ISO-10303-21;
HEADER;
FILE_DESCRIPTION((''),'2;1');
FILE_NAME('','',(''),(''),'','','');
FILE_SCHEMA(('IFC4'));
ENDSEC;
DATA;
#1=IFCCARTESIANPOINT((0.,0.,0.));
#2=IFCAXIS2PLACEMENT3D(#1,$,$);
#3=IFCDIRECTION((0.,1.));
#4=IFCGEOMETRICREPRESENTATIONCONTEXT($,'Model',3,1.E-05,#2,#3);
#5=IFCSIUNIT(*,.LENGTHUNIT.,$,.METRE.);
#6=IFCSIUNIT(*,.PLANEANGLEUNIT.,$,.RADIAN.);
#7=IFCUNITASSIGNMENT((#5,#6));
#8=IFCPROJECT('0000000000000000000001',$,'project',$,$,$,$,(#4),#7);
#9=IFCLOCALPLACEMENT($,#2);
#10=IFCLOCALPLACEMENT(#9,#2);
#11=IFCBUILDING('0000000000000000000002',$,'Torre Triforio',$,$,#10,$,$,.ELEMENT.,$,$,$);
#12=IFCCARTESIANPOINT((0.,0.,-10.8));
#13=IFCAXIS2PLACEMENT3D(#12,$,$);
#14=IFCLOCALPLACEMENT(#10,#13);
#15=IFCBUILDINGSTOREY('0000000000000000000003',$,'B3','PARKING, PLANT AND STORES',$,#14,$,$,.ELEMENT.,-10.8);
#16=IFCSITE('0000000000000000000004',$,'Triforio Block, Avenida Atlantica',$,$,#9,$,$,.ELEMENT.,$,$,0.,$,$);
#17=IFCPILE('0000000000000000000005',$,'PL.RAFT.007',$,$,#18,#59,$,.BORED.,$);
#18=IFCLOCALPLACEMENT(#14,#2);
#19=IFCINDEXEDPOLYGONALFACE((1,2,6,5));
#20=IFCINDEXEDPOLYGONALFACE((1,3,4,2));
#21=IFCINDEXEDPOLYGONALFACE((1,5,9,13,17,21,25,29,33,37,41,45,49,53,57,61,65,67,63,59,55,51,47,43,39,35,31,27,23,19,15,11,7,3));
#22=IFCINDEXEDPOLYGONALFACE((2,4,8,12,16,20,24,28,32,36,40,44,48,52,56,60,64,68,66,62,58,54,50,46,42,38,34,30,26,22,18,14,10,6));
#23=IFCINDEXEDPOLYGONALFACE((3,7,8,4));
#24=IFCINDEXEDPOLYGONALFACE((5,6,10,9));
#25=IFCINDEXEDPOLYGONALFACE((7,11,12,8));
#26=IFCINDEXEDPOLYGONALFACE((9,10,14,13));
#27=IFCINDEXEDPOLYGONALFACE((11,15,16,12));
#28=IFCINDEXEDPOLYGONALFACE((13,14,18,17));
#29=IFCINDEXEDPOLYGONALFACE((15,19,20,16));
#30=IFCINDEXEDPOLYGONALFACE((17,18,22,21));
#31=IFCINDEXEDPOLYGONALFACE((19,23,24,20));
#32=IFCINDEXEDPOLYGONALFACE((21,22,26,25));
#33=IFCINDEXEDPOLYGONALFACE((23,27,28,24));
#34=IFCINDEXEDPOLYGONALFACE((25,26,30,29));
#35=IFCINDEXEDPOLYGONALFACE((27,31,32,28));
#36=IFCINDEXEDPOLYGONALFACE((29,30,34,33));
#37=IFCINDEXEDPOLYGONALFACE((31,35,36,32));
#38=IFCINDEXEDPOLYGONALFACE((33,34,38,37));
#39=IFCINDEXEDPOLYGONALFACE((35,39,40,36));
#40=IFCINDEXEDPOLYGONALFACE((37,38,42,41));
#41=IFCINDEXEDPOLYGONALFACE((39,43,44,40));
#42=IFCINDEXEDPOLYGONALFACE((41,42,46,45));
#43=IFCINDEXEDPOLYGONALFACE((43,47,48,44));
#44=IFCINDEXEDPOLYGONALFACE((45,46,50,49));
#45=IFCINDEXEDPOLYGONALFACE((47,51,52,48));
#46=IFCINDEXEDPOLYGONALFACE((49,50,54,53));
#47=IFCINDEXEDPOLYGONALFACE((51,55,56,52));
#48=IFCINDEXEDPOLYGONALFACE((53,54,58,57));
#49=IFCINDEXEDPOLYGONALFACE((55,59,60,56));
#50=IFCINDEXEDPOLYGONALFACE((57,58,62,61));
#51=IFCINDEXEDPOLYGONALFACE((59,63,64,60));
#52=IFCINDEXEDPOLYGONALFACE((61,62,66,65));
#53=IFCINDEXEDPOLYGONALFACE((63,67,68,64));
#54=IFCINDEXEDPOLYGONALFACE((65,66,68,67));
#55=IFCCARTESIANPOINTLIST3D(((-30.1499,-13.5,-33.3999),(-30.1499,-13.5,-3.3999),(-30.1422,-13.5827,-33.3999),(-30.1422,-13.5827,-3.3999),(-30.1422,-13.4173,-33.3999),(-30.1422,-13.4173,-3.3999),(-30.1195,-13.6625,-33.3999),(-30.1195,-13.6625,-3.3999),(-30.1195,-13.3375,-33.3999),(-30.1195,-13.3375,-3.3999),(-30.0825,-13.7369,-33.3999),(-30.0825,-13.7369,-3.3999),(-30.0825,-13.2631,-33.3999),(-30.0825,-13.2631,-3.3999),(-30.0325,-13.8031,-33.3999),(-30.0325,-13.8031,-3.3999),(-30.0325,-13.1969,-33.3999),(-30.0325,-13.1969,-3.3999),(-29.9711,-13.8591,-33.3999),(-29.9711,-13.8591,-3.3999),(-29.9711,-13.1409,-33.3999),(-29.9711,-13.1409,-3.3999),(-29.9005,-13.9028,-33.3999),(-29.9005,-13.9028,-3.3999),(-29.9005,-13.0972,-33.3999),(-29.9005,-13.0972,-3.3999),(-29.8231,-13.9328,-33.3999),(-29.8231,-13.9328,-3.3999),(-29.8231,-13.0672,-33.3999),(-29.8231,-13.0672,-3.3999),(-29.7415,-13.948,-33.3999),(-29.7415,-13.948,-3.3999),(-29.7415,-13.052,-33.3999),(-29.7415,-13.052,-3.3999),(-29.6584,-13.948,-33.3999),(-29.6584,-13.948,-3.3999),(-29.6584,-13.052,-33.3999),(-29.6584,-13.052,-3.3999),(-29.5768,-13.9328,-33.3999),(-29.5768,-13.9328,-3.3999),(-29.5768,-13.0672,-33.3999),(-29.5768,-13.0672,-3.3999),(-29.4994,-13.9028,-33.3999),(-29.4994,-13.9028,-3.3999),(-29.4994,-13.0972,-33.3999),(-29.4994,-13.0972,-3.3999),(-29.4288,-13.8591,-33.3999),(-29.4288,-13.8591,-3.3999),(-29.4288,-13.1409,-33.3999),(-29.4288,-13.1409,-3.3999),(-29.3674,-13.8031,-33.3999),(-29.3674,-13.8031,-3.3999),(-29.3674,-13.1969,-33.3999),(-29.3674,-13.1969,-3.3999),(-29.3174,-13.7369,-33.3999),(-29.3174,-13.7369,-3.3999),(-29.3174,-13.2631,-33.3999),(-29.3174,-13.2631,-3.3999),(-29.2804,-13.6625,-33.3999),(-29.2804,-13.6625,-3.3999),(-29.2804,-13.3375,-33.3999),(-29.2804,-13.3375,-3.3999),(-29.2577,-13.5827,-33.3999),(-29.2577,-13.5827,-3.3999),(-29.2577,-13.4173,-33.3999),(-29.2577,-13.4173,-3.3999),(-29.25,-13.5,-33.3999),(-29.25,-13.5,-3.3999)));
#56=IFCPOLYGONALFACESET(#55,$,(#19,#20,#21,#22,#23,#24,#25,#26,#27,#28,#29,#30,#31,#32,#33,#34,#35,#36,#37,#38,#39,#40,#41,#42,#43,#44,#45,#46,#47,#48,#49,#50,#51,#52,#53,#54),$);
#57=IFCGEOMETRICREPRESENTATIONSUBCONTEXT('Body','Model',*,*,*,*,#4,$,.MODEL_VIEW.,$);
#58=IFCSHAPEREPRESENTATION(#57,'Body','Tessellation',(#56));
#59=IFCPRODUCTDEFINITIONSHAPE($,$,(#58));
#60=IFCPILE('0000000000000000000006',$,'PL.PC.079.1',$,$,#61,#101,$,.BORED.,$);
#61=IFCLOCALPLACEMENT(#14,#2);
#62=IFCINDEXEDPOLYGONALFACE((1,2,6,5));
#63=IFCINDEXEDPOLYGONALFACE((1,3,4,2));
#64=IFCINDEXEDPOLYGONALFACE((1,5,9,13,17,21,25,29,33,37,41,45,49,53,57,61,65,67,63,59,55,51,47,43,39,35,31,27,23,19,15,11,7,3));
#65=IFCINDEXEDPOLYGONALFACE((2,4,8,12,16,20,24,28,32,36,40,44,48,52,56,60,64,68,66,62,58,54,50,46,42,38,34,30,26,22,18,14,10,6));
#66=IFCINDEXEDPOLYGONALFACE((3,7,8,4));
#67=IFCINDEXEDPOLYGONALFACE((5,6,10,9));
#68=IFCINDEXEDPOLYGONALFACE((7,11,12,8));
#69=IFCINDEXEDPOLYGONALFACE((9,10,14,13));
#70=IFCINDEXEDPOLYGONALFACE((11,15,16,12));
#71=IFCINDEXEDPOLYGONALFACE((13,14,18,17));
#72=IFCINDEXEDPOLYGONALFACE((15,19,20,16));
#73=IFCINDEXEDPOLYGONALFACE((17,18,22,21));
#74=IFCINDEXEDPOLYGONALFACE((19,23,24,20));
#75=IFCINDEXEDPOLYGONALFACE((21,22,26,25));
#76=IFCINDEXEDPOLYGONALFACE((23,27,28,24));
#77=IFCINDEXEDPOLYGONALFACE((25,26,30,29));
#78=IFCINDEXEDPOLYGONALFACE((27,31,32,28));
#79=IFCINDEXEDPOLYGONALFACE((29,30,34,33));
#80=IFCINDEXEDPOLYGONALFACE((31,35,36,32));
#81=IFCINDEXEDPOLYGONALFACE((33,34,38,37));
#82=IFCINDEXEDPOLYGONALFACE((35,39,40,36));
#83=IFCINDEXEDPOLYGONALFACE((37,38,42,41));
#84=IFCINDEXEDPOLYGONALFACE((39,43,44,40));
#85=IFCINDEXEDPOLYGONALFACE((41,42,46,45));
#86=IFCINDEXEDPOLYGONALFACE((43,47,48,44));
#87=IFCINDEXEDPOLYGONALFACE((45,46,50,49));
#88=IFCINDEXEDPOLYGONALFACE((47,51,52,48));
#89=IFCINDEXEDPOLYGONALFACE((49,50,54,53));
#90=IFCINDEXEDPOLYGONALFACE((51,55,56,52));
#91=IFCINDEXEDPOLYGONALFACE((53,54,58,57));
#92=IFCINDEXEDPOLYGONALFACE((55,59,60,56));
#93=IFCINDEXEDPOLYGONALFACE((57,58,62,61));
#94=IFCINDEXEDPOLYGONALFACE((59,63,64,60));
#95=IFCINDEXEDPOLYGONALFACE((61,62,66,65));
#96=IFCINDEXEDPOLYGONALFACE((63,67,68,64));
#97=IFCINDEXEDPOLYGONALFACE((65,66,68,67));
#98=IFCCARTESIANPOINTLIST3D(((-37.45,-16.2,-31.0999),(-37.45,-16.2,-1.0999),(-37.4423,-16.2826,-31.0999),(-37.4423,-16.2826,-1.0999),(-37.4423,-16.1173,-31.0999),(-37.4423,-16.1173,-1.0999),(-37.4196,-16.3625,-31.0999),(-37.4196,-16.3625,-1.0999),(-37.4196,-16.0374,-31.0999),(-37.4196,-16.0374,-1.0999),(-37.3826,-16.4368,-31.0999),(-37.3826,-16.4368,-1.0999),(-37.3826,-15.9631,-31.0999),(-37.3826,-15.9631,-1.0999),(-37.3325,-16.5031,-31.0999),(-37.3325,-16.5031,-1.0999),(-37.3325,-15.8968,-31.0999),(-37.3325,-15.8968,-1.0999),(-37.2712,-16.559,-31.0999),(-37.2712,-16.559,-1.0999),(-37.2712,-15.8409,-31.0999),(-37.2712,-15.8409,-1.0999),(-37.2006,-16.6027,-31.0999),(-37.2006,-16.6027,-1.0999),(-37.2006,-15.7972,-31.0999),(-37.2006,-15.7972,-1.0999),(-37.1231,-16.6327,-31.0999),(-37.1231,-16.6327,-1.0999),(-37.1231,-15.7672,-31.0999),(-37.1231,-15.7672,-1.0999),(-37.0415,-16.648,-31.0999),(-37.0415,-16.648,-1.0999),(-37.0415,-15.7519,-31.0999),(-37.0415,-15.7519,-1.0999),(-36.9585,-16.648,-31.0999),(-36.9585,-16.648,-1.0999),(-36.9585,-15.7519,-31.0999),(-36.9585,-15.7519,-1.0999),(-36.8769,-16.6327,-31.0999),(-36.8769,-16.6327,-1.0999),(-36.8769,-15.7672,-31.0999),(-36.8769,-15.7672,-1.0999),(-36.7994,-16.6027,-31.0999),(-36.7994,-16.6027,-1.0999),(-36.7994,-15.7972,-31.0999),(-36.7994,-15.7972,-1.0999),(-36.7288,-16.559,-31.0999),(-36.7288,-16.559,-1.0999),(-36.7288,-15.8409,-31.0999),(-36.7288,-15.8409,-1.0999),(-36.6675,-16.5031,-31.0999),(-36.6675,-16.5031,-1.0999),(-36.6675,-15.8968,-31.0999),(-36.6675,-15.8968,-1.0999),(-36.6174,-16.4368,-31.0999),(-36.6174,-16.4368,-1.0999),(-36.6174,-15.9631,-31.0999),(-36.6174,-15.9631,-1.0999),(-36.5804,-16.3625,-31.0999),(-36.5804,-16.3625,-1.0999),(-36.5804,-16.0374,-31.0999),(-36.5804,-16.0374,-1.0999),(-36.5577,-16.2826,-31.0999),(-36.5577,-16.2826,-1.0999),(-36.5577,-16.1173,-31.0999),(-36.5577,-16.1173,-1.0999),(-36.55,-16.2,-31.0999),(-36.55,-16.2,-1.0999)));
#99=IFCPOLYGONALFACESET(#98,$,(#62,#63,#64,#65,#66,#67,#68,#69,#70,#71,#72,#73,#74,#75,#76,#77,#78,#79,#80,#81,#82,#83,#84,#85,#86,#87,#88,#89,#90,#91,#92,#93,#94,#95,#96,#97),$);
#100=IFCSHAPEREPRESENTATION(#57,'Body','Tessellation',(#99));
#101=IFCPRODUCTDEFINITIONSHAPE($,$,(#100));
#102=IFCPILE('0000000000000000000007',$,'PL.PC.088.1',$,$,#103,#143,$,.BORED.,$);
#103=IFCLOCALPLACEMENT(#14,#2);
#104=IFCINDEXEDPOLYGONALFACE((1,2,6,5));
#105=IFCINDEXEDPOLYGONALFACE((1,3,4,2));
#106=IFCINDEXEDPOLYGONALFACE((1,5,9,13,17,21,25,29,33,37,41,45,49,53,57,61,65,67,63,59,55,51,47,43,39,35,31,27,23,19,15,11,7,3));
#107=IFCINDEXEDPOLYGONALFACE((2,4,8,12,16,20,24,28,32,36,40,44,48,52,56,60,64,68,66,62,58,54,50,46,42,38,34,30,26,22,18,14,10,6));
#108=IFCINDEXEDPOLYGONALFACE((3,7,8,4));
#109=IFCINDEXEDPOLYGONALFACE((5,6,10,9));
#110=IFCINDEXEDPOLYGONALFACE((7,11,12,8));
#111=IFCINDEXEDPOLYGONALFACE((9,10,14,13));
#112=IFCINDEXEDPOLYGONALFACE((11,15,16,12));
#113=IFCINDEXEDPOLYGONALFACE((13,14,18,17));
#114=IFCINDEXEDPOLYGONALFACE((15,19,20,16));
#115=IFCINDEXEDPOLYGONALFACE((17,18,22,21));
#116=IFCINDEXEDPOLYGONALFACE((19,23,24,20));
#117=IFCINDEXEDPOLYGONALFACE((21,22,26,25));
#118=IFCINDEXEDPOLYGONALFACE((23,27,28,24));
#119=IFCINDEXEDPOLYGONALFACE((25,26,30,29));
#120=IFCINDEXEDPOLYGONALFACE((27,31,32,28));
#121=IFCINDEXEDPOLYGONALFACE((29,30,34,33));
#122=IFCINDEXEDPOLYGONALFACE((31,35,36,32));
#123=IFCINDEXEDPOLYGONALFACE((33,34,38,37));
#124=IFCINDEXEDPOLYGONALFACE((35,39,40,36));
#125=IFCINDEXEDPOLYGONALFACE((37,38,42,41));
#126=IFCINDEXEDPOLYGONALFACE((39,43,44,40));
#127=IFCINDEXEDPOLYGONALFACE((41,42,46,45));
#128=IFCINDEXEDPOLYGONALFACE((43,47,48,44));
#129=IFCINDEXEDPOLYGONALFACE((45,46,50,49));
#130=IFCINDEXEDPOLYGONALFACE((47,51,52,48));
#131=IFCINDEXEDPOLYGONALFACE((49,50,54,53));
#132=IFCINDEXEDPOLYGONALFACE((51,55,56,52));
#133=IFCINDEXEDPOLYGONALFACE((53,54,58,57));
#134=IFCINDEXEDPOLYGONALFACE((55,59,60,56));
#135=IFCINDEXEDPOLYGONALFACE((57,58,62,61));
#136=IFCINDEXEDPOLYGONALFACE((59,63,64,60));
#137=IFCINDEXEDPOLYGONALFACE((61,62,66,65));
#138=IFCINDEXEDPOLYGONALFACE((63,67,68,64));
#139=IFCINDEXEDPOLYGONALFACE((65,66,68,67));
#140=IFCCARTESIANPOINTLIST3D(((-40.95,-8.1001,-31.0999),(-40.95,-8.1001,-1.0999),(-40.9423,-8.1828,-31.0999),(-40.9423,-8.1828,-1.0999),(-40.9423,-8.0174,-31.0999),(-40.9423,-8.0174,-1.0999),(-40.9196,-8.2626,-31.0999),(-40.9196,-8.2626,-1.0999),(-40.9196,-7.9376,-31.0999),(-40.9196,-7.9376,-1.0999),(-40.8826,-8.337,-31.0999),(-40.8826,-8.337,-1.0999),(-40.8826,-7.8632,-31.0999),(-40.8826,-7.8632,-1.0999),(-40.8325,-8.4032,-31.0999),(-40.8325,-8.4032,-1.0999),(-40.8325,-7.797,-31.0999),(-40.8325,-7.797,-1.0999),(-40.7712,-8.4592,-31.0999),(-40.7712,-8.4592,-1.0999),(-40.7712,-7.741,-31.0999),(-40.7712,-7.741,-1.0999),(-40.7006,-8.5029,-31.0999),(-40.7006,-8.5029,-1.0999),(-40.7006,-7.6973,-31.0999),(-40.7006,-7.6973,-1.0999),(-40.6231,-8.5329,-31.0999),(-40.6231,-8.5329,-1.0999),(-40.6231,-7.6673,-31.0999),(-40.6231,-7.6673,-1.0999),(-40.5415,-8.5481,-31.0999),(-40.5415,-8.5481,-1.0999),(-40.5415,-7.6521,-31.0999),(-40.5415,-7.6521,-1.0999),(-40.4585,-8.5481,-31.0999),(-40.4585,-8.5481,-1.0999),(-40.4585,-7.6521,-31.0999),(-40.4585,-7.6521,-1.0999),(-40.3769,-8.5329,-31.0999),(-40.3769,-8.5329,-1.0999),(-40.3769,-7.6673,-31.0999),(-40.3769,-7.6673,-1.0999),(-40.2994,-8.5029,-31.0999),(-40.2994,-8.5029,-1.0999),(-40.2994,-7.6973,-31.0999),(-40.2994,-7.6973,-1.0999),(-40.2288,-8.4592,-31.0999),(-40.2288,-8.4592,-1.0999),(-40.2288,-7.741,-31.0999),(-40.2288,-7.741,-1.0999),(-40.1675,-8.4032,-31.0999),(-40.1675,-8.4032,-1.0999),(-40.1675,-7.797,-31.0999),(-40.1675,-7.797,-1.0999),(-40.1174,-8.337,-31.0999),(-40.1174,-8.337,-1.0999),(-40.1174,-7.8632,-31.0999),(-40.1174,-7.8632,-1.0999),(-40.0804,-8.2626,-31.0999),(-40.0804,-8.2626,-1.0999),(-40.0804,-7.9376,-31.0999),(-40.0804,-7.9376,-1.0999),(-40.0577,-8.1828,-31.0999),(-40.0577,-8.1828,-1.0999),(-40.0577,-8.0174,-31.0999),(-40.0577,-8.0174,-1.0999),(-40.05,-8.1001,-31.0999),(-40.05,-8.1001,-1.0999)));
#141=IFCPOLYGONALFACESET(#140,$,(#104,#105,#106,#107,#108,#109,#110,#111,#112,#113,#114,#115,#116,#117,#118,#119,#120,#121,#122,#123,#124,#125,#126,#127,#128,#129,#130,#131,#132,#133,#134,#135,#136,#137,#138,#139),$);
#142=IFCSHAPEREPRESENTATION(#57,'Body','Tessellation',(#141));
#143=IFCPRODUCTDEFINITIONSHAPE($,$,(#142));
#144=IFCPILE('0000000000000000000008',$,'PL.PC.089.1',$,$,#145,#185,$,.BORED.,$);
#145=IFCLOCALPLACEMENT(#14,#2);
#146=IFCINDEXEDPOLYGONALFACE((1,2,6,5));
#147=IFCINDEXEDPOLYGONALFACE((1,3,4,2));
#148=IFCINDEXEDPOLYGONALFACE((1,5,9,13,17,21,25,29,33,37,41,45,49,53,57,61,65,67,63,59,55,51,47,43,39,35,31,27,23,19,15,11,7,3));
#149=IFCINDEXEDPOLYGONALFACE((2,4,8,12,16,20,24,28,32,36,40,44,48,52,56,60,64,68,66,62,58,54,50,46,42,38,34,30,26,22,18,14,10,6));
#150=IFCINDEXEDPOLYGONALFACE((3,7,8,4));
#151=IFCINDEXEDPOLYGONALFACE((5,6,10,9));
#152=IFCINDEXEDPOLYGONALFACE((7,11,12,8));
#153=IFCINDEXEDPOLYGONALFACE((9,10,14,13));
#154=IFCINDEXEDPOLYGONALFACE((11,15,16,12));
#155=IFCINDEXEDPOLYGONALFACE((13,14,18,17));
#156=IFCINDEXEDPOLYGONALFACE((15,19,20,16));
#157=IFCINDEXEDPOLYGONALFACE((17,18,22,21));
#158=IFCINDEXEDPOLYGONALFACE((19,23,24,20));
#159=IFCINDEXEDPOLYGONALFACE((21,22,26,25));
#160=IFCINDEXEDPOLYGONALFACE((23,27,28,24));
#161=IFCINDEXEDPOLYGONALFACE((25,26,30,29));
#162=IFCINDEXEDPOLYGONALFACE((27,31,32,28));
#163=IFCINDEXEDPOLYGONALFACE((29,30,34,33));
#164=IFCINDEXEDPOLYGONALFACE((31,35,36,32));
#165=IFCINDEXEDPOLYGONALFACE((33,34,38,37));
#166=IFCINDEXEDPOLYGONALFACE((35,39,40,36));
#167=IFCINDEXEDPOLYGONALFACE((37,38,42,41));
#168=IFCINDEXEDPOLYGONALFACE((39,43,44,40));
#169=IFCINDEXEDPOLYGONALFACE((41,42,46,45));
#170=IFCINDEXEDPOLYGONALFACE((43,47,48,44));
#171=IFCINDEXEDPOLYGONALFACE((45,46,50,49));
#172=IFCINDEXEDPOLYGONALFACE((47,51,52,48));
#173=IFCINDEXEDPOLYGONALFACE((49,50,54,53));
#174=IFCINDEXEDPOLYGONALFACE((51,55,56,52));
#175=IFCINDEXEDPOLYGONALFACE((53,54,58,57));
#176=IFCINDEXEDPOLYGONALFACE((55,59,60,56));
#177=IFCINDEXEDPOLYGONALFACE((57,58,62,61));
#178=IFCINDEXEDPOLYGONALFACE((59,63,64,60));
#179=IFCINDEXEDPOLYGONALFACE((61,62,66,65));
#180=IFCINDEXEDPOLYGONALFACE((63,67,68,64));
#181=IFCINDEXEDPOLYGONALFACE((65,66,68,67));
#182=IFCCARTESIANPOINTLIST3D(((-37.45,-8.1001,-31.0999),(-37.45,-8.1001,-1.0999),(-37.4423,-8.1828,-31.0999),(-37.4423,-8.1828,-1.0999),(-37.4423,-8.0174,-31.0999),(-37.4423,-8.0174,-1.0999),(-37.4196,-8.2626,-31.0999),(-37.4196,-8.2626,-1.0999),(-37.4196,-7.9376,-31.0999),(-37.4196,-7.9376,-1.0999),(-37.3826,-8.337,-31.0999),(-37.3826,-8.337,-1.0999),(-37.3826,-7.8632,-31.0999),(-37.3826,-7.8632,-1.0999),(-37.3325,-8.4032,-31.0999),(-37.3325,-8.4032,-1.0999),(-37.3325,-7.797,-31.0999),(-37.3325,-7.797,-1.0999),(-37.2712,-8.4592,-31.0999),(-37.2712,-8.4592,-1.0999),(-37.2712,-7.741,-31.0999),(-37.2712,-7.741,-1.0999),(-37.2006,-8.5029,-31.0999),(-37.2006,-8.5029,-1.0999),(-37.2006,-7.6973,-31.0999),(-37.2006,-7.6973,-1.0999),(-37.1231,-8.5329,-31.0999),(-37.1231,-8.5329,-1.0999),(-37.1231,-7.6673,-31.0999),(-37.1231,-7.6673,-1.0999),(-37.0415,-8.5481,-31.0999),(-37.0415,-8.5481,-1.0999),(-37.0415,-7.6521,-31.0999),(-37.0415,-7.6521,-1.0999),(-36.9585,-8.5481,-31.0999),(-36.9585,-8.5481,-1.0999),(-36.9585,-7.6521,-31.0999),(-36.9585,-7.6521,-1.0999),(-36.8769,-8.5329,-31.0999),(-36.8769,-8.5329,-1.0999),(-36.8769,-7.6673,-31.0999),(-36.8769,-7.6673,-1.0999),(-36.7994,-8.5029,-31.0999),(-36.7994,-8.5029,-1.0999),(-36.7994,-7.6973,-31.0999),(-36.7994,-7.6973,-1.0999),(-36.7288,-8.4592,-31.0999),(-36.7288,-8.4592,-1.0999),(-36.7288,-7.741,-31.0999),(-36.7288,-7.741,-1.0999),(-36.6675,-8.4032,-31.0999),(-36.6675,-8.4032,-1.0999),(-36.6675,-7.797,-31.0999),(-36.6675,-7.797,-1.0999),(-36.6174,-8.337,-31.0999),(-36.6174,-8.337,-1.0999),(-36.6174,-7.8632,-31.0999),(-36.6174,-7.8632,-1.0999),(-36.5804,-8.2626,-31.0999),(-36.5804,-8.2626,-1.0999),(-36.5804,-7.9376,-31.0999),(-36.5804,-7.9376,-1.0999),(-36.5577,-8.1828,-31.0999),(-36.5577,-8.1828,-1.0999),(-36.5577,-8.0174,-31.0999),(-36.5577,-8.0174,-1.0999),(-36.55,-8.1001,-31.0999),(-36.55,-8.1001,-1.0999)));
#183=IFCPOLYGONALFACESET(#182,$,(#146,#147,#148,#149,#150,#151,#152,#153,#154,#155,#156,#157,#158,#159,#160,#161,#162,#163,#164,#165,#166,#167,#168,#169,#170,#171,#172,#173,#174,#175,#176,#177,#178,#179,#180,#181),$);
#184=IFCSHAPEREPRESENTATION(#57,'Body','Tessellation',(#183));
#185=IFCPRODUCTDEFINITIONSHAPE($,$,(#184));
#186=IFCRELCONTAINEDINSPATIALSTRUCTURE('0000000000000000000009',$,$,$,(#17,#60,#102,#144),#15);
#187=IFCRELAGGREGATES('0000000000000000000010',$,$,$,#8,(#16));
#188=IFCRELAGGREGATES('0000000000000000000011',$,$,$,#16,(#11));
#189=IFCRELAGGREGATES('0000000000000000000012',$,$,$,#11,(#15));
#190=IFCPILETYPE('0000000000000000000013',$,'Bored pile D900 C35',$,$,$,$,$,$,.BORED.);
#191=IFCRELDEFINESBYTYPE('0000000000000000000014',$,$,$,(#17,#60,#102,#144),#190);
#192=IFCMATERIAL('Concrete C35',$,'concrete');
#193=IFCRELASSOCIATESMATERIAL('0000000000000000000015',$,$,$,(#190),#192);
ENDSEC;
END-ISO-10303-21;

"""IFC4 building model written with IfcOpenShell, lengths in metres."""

from ifc_helpers import new_model, si_unit, direction, frame, origin, origin_2d, place, context, subcontext, project, spatial, circle, extrude, material, material_profile, profile_set, type_object, element, save


model = new_model("IFC4")

# Units and contexts
model_context = context("Model", 3, precision=1e-05, world=origin(), true_north=direction((0.0, 1.0)))
body_context = subcontext(model_context, "Body", "Model", "MODEL_VIEW")
ifc_project = project(units=[si_unit("LENGTHUNIT", "METRE"), si_unit("PLANEANGLEUNIT", "RADIAN")], contexts=[model_context])

# Site, building, storey
site_placement = place(None, origin())
site = spatial("IfcSite", under=ifc_project, at=site_placement, Name="Triforio Block, Avenida Atlantica", CompositionType="ELEMENT", RefElevation=0.0)
building_placement = place(site_placement, origin())
building = spatial("IfcBuilding", under=site, at=building_placement, Name="Torre Triforio", CompositionType="ELEMENT")
storey_placement = place(building_placement, frame((0.0, 0.0, -10.8)))
storey = spatial("IfcBuildingStorey", under=building, at=storey_placement, Name="B3", Description="PARKING, PLANT AND STORES", CompositionType="ELEMENT", Elevation=-10.8)

# Piles
ifc_material_1 = material(Name="Concrete C35", Category="concrete")
ifc_material_profile_1 = material_profile(ifc_material_1, circle(Radius=0.45, at=origin_2d()), Name="RC D900")
ifc_profile_set_1 = profile_set([ifc_material_profile_1], Name="Concrete C35")
pile_type = type_object("IfcPileType", Name="Bored pile D900 C35", PredefinedType="BORED", material=ifc_profile_set_1)
for number, where, z_axis, x_axis, name in (
    (1, (-29.7, -13.5, -3.3999), (0.0, 0.0, -1.0), (1.0, 0.0, 0.0), "PL.RAFT.007"),
    (2, (-37.0, -16.2, -1.0999), (0.0, 0.0, -1.0), (1.0, 0.0, 0.0), "PL.PC.079.1"),
    (3, (-40.5, -8.1001, -1.0999), (0.0, 0.0, -1.0), (1.0, 0.0, 0.0), "PL.PC.088.1"),
    (4, (-37.0, -8.1001, -1.0999), (0.0, 0.0, -1.0), (1.0, 0.0, 0.0), "PL.PC.089.1"),
):
    element("IfcPile", number, at=place(storey_placement, frame(where, z_axis=z_axis, x_axis=x_axis)), inside=storey, type_object=pile_type, Name=name, PredefinedType="BORED", context=body_context, shape_type="SweptSolid", body=[
        extrude(circle(Radius=0.45, at=origin_2d()), origin(), (0.0, 0.0, 1.0), 30.0),
    ])

save(model, "model.ifc")
